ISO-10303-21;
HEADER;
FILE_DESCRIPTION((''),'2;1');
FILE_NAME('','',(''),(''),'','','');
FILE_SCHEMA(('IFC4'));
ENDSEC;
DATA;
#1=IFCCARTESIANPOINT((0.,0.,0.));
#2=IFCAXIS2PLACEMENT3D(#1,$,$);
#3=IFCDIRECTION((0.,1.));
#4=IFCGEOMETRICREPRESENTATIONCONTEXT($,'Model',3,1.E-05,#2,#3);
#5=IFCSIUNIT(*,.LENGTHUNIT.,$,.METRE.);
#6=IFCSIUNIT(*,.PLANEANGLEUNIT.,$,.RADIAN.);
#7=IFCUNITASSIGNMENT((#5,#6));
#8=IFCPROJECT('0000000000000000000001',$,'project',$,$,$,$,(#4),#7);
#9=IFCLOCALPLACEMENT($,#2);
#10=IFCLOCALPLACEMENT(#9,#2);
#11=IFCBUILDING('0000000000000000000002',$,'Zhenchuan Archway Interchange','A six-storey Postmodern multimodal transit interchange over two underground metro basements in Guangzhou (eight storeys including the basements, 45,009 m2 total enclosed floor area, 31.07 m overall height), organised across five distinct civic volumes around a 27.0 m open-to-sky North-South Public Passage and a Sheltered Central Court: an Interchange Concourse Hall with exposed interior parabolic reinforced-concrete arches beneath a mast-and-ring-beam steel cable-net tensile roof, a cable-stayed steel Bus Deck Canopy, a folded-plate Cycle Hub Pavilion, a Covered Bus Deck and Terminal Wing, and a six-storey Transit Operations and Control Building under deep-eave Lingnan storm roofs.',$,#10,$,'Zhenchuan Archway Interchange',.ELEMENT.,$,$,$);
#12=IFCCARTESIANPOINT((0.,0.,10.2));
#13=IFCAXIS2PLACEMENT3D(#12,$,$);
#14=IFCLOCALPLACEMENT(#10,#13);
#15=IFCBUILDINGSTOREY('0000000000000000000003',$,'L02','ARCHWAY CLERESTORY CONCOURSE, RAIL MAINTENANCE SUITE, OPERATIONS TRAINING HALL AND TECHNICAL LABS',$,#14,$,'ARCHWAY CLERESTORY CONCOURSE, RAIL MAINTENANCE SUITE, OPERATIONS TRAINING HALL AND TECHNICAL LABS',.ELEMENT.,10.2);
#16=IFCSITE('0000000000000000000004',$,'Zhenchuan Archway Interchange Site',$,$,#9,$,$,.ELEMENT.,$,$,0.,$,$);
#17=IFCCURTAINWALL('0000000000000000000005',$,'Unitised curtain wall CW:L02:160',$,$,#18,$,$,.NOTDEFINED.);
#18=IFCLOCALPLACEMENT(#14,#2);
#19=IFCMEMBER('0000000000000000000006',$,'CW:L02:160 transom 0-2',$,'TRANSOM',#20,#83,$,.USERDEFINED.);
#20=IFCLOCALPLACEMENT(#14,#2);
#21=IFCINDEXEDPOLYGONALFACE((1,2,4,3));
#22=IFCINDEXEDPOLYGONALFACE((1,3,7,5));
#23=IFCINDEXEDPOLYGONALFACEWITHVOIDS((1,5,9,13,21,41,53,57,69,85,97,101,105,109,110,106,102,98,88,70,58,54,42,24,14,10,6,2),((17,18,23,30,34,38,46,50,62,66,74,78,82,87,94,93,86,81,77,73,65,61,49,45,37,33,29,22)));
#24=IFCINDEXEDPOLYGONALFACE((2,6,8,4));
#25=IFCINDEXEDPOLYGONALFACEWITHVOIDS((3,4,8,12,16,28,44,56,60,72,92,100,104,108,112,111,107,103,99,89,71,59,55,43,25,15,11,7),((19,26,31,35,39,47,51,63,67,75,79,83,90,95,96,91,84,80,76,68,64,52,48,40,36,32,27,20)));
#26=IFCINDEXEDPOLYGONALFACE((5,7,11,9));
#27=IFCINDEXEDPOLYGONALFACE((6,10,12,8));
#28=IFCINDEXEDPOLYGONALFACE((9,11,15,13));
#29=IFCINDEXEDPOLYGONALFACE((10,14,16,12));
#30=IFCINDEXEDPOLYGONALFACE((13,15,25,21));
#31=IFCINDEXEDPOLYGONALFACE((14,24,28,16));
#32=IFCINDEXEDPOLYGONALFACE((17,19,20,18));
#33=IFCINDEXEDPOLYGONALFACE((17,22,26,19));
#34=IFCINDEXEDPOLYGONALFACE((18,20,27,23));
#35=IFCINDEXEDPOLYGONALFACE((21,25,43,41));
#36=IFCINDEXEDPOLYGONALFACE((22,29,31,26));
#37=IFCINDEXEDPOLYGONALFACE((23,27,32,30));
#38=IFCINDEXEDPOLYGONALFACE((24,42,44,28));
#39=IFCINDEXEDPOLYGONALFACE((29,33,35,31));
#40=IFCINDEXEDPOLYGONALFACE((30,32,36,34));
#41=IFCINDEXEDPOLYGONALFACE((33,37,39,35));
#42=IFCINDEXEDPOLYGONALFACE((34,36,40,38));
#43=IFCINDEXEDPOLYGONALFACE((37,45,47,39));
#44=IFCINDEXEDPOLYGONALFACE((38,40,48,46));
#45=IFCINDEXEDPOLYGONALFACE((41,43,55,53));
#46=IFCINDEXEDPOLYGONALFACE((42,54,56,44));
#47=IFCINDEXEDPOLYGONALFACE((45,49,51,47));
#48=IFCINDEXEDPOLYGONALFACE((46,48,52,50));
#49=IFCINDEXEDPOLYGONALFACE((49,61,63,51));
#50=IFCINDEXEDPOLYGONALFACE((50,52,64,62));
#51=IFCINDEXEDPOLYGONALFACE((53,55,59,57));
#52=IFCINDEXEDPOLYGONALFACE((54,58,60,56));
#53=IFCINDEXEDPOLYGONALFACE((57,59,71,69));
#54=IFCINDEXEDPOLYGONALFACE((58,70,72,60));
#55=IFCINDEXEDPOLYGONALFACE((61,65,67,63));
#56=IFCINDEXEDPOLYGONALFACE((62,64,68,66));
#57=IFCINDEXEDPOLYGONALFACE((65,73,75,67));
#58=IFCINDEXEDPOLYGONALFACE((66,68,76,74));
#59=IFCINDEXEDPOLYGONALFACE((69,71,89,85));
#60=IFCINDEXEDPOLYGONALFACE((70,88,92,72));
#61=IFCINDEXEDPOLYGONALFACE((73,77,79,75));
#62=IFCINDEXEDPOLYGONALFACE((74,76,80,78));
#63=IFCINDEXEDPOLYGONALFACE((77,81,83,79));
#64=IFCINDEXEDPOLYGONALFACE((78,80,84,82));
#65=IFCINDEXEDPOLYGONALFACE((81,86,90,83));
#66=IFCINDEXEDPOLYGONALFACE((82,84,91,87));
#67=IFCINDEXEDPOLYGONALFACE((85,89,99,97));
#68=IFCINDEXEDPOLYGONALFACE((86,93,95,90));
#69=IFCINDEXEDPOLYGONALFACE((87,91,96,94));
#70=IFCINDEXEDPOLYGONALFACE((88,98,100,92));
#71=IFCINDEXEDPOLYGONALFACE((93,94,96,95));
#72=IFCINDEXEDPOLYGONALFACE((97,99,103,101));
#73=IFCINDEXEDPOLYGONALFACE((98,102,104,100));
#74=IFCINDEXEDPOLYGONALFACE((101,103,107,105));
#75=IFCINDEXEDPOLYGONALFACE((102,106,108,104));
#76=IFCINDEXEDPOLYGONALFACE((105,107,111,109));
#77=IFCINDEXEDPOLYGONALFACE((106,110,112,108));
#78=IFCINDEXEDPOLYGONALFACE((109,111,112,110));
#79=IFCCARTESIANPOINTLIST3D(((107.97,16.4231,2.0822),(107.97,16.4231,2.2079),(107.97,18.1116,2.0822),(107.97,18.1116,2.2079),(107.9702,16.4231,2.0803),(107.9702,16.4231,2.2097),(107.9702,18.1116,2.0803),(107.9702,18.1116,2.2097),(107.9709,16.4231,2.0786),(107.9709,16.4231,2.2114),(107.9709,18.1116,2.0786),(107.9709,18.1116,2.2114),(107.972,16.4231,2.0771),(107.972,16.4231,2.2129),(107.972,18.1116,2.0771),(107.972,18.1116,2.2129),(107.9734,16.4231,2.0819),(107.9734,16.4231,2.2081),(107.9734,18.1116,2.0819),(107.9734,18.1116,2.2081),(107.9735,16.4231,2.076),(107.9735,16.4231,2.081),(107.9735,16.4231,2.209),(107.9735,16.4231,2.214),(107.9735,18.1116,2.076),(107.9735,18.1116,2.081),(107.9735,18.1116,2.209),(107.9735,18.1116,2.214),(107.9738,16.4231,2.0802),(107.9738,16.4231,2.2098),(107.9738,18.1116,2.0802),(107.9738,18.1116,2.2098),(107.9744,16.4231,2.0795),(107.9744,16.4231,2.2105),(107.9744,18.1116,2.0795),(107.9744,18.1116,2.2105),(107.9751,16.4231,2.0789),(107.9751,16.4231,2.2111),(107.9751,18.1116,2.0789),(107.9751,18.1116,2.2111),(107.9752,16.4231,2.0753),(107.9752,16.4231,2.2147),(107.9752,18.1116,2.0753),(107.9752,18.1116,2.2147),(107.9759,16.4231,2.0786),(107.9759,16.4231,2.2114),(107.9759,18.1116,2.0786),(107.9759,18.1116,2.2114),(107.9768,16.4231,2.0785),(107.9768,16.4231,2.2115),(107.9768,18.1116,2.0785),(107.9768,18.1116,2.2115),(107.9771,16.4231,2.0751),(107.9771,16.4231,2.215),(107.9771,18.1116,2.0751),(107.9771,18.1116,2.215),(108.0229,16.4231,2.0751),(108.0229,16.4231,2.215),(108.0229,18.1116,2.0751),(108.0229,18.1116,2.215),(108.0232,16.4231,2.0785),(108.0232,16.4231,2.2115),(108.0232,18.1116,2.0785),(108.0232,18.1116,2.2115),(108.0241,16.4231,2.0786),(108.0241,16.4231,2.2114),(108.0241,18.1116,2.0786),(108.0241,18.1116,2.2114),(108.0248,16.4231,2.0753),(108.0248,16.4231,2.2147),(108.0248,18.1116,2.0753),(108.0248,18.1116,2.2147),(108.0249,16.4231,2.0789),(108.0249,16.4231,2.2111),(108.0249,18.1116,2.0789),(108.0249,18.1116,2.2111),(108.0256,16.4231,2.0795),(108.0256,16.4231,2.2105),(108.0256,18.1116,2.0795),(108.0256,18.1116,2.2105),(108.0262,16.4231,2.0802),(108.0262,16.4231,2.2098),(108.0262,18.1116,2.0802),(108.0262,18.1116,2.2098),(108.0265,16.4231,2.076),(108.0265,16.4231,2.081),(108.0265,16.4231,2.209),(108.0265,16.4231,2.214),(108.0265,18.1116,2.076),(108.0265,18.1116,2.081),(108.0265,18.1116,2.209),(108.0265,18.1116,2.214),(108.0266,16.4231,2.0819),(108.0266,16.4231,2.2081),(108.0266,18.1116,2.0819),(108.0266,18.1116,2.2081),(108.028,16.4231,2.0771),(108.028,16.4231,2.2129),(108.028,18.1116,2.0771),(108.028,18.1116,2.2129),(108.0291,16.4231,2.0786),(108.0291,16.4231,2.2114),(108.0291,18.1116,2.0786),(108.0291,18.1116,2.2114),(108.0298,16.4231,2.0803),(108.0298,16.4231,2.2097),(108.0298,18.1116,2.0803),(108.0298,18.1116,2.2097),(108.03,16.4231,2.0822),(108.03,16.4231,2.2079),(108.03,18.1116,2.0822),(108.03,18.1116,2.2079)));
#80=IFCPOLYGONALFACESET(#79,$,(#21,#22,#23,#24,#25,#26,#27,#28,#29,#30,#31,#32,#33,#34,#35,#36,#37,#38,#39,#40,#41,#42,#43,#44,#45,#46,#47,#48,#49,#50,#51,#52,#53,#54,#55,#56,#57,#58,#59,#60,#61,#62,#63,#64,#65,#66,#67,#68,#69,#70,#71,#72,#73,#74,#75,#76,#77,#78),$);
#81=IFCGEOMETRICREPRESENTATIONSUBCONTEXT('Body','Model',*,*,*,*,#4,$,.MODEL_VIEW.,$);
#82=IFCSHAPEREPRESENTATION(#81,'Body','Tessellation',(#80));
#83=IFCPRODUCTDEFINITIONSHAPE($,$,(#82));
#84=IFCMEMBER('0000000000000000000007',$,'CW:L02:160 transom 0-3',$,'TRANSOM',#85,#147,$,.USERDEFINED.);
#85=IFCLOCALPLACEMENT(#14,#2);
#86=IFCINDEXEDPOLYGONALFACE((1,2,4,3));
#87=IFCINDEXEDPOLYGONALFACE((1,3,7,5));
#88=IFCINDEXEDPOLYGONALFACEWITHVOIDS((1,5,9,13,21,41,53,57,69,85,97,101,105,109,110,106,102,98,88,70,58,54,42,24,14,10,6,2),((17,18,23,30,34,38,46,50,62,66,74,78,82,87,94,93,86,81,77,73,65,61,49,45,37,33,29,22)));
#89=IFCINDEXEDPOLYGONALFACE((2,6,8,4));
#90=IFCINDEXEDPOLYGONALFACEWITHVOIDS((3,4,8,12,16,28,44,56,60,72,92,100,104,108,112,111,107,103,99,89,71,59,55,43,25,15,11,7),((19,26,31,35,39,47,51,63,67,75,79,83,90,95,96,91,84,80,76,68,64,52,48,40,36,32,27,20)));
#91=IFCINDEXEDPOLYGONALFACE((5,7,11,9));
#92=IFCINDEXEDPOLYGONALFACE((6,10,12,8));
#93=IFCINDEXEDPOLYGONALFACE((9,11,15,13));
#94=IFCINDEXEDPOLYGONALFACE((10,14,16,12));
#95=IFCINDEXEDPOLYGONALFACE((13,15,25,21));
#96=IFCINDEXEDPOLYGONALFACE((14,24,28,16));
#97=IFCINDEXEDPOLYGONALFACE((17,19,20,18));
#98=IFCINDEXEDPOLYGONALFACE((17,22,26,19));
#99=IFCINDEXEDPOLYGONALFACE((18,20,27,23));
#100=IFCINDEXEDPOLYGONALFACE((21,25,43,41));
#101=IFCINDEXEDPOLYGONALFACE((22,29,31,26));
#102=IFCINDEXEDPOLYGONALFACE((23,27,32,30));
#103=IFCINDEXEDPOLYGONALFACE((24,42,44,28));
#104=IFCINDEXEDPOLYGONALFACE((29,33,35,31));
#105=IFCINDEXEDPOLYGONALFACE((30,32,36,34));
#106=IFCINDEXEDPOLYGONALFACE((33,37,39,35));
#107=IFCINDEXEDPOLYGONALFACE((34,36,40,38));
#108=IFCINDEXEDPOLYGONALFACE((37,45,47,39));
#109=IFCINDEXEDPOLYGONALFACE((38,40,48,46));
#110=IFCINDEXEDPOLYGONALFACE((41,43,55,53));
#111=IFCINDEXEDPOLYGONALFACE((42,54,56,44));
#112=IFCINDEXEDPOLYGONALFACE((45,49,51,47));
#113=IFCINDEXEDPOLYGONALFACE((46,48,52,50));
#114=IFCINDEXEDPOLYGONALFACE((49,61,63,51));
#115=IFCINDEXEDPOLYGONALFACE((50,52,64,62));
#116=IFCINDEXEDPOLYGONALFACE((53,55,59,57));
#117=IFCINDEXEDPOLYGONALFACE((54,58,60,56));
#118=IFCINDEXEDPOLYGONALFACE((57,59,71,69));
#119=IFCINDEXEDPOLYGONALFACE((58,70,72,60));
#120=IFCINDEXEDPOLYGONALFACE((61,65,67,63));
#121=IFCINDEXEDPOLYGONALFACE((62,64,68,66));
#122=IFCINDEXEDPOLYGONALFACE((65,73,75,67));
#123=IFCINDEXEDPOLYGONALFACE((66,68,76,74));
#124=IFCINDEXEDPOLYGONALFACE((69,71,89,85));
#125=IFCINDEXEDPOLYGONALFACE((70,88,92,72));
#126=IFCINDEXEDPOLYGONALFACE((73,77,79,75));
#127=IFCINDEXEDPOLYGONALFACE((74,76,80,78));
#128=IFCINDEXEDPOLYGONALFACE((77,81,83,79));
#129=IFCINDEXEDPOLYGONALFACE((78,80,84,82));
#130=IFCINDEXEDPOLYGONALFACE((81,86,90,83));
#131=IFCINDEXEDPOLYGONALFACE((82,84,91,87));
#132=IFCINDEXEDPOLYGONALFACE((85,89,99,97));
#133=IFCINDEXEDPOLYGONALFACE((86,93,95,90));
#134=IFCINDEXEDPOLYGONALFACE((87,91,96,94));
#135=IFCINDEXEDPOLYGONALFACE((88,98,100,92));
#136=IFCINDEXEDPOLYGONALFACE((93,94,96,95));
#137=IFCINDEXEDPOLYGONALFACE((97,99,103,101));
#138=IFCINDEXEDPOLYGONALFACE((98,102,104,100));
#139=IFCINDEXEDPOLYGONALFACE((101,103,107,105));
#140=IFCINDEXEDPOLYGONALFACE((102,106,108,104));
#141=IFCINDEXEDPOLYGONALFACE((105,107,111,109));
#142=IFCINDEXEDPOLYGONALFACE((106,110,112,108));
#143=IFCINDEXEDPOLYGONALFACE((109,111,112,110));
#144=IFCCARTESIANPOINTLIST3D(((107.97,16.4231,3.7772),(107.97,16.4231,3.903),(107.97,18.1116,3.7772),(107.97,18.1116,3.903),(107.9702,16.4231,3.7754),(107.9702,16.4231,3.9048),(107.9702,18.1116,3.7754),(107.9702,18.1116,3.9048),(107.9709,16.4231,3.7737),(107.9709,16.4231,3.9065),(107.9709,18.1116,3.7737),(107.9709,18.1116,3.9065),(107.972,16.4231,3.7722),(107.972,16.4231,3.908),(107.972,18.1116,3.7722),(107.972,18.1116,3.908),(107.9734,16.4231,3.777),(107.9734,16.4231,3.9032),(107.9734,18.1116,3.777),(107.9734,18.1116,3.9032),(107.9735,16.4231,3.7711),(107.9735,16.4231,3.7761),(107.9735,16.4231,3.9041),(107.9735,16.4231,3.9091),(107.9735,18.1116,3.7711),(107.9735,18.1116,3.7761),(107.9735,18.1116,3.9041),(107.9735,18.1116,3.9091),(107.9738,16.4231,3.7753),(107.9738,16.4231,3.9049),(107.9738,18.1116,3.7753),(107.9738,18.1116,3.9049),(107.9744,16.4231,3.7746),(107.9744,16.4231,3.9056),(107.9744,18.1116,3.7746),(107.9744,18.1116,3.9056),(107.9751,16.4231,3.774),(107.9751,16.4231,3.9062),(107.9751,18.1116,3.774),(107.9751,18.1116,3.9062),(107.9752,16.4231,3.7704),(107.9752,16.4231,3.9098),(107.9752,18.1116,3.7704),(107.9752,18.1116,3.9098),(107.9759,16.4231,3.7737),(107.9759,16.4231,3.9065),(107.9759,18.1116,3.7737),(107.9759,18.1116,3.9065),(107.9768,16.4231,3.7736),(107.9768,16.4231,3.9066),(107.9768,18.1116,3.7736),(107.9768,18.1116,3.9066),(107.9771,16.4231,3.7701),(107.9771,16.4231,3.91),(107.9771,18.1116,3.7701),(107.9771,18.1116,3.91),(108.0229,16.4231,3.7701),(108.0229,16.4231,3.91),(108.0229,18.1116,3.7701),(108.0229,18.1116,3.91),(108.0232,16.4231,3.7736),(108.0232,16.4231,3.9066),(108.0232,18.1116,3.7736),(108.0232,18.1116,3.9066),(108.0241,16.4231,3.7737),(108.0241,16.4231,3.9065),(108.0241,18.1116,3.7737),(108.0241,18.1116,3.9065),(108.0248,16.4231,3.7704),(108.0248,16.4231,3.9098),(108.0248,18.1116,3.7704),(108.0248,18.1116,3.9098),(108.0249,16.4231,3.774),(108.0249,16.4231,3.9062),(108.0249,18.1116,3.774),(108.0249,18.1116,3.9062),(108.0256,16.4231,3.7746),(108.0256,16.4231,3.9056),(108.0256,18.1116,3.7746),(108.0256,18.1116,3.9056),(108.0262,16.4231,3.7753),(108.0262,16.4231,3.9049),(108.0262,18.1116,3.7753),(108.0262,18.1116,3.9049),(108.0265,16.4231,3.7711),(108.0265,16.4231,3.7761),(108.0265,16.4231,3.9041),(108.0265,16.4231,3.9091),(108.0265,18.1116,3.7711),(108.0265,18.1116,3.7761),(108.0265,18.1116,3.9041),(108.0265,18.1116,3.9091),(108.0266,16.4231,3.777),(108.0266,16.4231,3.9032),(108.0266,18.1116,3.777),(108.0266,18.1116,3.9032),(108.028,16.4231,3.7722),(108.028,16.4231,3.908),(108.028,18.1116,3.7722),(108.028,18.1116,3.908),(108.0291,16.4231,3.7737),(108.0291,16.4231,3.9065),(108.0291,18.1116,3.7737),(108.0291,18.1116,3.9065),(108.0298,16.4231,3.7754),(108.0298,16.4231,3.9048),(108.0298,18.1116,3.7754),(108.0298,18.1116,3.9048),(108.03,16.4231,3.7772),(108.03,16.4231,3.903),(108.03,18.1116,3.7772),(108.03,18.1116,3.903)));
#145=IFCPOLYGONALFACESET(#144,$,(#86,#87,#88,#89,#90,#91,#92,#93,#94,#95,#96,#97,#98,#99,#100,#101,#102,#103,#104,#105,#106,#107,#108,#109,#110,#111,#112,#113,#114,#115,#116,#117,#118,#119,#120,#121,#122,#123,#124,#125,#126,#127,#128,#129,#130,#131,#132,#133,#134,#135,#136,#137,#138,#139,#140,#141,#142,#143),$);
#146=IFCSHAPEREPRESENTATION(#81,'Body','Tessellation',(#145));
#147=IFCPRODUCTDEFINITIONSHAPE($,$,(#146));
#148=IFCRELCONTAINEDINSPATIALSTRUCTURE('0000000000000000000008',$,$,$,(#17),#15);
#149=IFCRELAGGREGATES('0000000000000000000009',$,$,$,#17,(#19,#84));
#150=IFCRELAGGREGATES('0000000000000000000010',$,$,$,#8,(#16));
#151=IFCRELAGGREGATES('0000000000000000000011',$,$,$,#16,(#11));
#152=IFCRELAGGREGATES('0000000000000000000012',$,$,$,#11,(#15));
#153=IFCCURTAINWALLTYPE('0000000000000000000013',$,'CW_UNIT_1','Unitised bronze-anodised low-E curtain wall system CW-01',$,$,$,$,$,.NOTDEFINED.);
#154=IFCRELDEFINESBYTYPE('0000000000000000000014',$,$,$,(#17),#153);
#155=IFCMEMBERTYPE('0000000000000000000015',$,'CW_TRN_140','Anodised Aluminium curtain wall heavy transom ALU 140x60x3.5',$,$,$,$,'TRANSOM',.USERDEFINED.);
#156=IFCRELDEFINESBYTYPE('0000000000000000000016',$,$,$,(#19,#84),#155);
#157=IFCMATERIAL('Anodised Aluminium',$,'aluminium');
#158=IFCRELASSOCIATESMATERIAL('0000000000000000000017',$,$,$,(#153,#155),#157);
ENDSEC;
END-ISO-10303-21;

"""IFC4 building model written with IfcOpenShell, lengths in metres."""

from ifc_helpers import new_model, si_unit, direction, frame, origin, origin_2d, place, context, subcontext, project, spatial, hollow_rectangle, extrude, material, material_profile, profile_set, type_object, element, aggregate, save


model = new_model("IFC4")

# Units and contexts
model_context = context("Model", 3, precision=1e-05, world=origin(), true_north=direction((0.0, 1.0)))
body_context = subcontext(model_context, "Body", "Model", "MODEL_VIEW")
ifc_project = project(units=[si_unit("LENGTHUNIT", "METRE"), si_unit("PLANEANGLEUNIT", "RADIAN")], contexts=[model_context])

# Site, building, storey
site_placement = place(None, origin())
site = spatial("IfcSite", under=ifc_project, at=site_placement, Name="Zhenchuan Archway Interchange Site", CompositionType="ELEMENT", RefElevation=0.0)
building_placement = place(site_placement, origin())
building = spatial("IfcBuilding", under=site, at=building_placement, Name="Zhenchuan Archway Interchange", Description="A six-storey Postmodern multimodal transit interchange over two underground metro basements in Guangzhou (eight storeys including the basements, 45,009 m2 total enclosed floor area, 31.07 m overall height), organised across five distinct civic volumes around a 27.0 m open-to-sky North-South Public Passage and a Sheltered Central Court: an Interchange Concourse Hall with exposed interior parabolic reinforced-concrete arches beneath a mast-and-ring-beam steel cable-net tensile roof, a cable-stayed steel Bus Deck Canopy, a folded-plate Cycle Hub Pavilion, a Covered Bus Deck and Terminal Wing, and a six-storey Transit Operations and Control Building under deep-eave Lingnan storm roofs.", LongName="Zhenchuan Archway Interchange", CompositionType="ELEMENT")
storey_placement = place(building_placement, frame((0.0, 0.0, 10.2)))
storey = spatial("IfcBuildingStorey", under=building, at=storey_placement, Name="L02", Description="ARCHWAY CLERESTORY CONCOURSE, RAIL MAINTENANCE SUITE, OPERATIONS TRAINING HALL AND TECHNICAL LABS", LongName="ARCHWAY CLERESTORY CONCOURSE, RAIL MAINTENANCE SUITE, OPERATIONS TRAINING HALL AND TECHNICAL LABS", CompositionType="ELEMENT", Elevation=10.2)

# Shared definitions
ifc_material_1 = material(Name="Anodised Aluminium", Category="aluminium")

# Curtain wall, members
curtain_wall_type_1 = type_object("IfcCurtainWallType", Name="CW_UNIT_1", Description="Unitised bronze-anodised low-E curtain wall system CW-01", PredefinedType="NOTDEFINED", material=ifc_material_1)
curtain_wall_1_placement = place(storey_placement, origin())
curtain_wall_1 = element("IfcCurtainWall", 1, at=curtain_wall_1_placement, inside=storey, type_object=curtain_wall_type_1, Name="Unitised curtain wall CW:L02:160", PredefinedType="NOTDEFINED")
ifc_material_profile_1 = material_profile(ifc_material_1, hollow_rectangle(XDim=0.0601, YDim=0.1399, WallThickness=0.0034, InnerFilletRadius=0.0034, OuterFilletRadius=0.0071, at=origin_2d()), Name="ALU 140x60x3.5")
ifc_profile_set_1 = profile_set([ifc_material_profile_1], Name="Anodised Aluminium")
member_type_1 = type_object("IfcMemberType", Name="CW_TRN_140", Description="Anodised Aluminium curtain wall heavy transom ALU 140x60x3.5", ElementType="TRANSOM", PredefinedType="USERDEFINED", material=ifc_profile_set_1)
member_1_placement = place(storey_placement, frame((108.0, 16.4231, 2.145), z_axis=(0.0, 1.0, 0.0), x_axis=(-1.0, 0.0, 0.0)))
member_1 = element("IfcMember", 2, at=member_1_placement, type_object=member_type_1, Name="CW:L02:160 transom 0-2", ObjectType="TRANSOM", PredefinedType="USERDEFINED", context=body_context, shape_type="SweptSolid", body=[
    extrude(hollow_rectangle(XDim=0.0601, YDim=0.1399, WallThickness=0.0034, InnerFilletRadius=0.0034, OuterFilletRadius=0.0071, at=origin_2d()), origin(), (0.0, 0.0, 1.0), 1.6885),
])
member_2_placement = place(storey_placement, frame((108.0, 16.4231, 3.8401), z_axis=(0.0, 1.0, 0.0), x_axis=(-1.0, 0.0, 0.0)))
member_2 = element("IfcMember", 3, at=member_2_placement, type_object=member_type_1, Name="CW:L02:160 transom 0-3", ObjectType="TRANSOM", PredefinedType="USERDEFINED", context=body_context, shape_type="SweptSolid", body=[
    extrude(hollow_rectangle(XDim=0.0601, YDim=0.1399, WallThickness=0.0034, InnerFilletRadius=0.0034, OuterFilletRadius=0.0071, at=origin_2d()), origin(), (0.0, 0.0, 1.0), 1.6885),
])

aggregate(curtain_wall_1, [member_1, member_2])

save(model, "model.ifc")
